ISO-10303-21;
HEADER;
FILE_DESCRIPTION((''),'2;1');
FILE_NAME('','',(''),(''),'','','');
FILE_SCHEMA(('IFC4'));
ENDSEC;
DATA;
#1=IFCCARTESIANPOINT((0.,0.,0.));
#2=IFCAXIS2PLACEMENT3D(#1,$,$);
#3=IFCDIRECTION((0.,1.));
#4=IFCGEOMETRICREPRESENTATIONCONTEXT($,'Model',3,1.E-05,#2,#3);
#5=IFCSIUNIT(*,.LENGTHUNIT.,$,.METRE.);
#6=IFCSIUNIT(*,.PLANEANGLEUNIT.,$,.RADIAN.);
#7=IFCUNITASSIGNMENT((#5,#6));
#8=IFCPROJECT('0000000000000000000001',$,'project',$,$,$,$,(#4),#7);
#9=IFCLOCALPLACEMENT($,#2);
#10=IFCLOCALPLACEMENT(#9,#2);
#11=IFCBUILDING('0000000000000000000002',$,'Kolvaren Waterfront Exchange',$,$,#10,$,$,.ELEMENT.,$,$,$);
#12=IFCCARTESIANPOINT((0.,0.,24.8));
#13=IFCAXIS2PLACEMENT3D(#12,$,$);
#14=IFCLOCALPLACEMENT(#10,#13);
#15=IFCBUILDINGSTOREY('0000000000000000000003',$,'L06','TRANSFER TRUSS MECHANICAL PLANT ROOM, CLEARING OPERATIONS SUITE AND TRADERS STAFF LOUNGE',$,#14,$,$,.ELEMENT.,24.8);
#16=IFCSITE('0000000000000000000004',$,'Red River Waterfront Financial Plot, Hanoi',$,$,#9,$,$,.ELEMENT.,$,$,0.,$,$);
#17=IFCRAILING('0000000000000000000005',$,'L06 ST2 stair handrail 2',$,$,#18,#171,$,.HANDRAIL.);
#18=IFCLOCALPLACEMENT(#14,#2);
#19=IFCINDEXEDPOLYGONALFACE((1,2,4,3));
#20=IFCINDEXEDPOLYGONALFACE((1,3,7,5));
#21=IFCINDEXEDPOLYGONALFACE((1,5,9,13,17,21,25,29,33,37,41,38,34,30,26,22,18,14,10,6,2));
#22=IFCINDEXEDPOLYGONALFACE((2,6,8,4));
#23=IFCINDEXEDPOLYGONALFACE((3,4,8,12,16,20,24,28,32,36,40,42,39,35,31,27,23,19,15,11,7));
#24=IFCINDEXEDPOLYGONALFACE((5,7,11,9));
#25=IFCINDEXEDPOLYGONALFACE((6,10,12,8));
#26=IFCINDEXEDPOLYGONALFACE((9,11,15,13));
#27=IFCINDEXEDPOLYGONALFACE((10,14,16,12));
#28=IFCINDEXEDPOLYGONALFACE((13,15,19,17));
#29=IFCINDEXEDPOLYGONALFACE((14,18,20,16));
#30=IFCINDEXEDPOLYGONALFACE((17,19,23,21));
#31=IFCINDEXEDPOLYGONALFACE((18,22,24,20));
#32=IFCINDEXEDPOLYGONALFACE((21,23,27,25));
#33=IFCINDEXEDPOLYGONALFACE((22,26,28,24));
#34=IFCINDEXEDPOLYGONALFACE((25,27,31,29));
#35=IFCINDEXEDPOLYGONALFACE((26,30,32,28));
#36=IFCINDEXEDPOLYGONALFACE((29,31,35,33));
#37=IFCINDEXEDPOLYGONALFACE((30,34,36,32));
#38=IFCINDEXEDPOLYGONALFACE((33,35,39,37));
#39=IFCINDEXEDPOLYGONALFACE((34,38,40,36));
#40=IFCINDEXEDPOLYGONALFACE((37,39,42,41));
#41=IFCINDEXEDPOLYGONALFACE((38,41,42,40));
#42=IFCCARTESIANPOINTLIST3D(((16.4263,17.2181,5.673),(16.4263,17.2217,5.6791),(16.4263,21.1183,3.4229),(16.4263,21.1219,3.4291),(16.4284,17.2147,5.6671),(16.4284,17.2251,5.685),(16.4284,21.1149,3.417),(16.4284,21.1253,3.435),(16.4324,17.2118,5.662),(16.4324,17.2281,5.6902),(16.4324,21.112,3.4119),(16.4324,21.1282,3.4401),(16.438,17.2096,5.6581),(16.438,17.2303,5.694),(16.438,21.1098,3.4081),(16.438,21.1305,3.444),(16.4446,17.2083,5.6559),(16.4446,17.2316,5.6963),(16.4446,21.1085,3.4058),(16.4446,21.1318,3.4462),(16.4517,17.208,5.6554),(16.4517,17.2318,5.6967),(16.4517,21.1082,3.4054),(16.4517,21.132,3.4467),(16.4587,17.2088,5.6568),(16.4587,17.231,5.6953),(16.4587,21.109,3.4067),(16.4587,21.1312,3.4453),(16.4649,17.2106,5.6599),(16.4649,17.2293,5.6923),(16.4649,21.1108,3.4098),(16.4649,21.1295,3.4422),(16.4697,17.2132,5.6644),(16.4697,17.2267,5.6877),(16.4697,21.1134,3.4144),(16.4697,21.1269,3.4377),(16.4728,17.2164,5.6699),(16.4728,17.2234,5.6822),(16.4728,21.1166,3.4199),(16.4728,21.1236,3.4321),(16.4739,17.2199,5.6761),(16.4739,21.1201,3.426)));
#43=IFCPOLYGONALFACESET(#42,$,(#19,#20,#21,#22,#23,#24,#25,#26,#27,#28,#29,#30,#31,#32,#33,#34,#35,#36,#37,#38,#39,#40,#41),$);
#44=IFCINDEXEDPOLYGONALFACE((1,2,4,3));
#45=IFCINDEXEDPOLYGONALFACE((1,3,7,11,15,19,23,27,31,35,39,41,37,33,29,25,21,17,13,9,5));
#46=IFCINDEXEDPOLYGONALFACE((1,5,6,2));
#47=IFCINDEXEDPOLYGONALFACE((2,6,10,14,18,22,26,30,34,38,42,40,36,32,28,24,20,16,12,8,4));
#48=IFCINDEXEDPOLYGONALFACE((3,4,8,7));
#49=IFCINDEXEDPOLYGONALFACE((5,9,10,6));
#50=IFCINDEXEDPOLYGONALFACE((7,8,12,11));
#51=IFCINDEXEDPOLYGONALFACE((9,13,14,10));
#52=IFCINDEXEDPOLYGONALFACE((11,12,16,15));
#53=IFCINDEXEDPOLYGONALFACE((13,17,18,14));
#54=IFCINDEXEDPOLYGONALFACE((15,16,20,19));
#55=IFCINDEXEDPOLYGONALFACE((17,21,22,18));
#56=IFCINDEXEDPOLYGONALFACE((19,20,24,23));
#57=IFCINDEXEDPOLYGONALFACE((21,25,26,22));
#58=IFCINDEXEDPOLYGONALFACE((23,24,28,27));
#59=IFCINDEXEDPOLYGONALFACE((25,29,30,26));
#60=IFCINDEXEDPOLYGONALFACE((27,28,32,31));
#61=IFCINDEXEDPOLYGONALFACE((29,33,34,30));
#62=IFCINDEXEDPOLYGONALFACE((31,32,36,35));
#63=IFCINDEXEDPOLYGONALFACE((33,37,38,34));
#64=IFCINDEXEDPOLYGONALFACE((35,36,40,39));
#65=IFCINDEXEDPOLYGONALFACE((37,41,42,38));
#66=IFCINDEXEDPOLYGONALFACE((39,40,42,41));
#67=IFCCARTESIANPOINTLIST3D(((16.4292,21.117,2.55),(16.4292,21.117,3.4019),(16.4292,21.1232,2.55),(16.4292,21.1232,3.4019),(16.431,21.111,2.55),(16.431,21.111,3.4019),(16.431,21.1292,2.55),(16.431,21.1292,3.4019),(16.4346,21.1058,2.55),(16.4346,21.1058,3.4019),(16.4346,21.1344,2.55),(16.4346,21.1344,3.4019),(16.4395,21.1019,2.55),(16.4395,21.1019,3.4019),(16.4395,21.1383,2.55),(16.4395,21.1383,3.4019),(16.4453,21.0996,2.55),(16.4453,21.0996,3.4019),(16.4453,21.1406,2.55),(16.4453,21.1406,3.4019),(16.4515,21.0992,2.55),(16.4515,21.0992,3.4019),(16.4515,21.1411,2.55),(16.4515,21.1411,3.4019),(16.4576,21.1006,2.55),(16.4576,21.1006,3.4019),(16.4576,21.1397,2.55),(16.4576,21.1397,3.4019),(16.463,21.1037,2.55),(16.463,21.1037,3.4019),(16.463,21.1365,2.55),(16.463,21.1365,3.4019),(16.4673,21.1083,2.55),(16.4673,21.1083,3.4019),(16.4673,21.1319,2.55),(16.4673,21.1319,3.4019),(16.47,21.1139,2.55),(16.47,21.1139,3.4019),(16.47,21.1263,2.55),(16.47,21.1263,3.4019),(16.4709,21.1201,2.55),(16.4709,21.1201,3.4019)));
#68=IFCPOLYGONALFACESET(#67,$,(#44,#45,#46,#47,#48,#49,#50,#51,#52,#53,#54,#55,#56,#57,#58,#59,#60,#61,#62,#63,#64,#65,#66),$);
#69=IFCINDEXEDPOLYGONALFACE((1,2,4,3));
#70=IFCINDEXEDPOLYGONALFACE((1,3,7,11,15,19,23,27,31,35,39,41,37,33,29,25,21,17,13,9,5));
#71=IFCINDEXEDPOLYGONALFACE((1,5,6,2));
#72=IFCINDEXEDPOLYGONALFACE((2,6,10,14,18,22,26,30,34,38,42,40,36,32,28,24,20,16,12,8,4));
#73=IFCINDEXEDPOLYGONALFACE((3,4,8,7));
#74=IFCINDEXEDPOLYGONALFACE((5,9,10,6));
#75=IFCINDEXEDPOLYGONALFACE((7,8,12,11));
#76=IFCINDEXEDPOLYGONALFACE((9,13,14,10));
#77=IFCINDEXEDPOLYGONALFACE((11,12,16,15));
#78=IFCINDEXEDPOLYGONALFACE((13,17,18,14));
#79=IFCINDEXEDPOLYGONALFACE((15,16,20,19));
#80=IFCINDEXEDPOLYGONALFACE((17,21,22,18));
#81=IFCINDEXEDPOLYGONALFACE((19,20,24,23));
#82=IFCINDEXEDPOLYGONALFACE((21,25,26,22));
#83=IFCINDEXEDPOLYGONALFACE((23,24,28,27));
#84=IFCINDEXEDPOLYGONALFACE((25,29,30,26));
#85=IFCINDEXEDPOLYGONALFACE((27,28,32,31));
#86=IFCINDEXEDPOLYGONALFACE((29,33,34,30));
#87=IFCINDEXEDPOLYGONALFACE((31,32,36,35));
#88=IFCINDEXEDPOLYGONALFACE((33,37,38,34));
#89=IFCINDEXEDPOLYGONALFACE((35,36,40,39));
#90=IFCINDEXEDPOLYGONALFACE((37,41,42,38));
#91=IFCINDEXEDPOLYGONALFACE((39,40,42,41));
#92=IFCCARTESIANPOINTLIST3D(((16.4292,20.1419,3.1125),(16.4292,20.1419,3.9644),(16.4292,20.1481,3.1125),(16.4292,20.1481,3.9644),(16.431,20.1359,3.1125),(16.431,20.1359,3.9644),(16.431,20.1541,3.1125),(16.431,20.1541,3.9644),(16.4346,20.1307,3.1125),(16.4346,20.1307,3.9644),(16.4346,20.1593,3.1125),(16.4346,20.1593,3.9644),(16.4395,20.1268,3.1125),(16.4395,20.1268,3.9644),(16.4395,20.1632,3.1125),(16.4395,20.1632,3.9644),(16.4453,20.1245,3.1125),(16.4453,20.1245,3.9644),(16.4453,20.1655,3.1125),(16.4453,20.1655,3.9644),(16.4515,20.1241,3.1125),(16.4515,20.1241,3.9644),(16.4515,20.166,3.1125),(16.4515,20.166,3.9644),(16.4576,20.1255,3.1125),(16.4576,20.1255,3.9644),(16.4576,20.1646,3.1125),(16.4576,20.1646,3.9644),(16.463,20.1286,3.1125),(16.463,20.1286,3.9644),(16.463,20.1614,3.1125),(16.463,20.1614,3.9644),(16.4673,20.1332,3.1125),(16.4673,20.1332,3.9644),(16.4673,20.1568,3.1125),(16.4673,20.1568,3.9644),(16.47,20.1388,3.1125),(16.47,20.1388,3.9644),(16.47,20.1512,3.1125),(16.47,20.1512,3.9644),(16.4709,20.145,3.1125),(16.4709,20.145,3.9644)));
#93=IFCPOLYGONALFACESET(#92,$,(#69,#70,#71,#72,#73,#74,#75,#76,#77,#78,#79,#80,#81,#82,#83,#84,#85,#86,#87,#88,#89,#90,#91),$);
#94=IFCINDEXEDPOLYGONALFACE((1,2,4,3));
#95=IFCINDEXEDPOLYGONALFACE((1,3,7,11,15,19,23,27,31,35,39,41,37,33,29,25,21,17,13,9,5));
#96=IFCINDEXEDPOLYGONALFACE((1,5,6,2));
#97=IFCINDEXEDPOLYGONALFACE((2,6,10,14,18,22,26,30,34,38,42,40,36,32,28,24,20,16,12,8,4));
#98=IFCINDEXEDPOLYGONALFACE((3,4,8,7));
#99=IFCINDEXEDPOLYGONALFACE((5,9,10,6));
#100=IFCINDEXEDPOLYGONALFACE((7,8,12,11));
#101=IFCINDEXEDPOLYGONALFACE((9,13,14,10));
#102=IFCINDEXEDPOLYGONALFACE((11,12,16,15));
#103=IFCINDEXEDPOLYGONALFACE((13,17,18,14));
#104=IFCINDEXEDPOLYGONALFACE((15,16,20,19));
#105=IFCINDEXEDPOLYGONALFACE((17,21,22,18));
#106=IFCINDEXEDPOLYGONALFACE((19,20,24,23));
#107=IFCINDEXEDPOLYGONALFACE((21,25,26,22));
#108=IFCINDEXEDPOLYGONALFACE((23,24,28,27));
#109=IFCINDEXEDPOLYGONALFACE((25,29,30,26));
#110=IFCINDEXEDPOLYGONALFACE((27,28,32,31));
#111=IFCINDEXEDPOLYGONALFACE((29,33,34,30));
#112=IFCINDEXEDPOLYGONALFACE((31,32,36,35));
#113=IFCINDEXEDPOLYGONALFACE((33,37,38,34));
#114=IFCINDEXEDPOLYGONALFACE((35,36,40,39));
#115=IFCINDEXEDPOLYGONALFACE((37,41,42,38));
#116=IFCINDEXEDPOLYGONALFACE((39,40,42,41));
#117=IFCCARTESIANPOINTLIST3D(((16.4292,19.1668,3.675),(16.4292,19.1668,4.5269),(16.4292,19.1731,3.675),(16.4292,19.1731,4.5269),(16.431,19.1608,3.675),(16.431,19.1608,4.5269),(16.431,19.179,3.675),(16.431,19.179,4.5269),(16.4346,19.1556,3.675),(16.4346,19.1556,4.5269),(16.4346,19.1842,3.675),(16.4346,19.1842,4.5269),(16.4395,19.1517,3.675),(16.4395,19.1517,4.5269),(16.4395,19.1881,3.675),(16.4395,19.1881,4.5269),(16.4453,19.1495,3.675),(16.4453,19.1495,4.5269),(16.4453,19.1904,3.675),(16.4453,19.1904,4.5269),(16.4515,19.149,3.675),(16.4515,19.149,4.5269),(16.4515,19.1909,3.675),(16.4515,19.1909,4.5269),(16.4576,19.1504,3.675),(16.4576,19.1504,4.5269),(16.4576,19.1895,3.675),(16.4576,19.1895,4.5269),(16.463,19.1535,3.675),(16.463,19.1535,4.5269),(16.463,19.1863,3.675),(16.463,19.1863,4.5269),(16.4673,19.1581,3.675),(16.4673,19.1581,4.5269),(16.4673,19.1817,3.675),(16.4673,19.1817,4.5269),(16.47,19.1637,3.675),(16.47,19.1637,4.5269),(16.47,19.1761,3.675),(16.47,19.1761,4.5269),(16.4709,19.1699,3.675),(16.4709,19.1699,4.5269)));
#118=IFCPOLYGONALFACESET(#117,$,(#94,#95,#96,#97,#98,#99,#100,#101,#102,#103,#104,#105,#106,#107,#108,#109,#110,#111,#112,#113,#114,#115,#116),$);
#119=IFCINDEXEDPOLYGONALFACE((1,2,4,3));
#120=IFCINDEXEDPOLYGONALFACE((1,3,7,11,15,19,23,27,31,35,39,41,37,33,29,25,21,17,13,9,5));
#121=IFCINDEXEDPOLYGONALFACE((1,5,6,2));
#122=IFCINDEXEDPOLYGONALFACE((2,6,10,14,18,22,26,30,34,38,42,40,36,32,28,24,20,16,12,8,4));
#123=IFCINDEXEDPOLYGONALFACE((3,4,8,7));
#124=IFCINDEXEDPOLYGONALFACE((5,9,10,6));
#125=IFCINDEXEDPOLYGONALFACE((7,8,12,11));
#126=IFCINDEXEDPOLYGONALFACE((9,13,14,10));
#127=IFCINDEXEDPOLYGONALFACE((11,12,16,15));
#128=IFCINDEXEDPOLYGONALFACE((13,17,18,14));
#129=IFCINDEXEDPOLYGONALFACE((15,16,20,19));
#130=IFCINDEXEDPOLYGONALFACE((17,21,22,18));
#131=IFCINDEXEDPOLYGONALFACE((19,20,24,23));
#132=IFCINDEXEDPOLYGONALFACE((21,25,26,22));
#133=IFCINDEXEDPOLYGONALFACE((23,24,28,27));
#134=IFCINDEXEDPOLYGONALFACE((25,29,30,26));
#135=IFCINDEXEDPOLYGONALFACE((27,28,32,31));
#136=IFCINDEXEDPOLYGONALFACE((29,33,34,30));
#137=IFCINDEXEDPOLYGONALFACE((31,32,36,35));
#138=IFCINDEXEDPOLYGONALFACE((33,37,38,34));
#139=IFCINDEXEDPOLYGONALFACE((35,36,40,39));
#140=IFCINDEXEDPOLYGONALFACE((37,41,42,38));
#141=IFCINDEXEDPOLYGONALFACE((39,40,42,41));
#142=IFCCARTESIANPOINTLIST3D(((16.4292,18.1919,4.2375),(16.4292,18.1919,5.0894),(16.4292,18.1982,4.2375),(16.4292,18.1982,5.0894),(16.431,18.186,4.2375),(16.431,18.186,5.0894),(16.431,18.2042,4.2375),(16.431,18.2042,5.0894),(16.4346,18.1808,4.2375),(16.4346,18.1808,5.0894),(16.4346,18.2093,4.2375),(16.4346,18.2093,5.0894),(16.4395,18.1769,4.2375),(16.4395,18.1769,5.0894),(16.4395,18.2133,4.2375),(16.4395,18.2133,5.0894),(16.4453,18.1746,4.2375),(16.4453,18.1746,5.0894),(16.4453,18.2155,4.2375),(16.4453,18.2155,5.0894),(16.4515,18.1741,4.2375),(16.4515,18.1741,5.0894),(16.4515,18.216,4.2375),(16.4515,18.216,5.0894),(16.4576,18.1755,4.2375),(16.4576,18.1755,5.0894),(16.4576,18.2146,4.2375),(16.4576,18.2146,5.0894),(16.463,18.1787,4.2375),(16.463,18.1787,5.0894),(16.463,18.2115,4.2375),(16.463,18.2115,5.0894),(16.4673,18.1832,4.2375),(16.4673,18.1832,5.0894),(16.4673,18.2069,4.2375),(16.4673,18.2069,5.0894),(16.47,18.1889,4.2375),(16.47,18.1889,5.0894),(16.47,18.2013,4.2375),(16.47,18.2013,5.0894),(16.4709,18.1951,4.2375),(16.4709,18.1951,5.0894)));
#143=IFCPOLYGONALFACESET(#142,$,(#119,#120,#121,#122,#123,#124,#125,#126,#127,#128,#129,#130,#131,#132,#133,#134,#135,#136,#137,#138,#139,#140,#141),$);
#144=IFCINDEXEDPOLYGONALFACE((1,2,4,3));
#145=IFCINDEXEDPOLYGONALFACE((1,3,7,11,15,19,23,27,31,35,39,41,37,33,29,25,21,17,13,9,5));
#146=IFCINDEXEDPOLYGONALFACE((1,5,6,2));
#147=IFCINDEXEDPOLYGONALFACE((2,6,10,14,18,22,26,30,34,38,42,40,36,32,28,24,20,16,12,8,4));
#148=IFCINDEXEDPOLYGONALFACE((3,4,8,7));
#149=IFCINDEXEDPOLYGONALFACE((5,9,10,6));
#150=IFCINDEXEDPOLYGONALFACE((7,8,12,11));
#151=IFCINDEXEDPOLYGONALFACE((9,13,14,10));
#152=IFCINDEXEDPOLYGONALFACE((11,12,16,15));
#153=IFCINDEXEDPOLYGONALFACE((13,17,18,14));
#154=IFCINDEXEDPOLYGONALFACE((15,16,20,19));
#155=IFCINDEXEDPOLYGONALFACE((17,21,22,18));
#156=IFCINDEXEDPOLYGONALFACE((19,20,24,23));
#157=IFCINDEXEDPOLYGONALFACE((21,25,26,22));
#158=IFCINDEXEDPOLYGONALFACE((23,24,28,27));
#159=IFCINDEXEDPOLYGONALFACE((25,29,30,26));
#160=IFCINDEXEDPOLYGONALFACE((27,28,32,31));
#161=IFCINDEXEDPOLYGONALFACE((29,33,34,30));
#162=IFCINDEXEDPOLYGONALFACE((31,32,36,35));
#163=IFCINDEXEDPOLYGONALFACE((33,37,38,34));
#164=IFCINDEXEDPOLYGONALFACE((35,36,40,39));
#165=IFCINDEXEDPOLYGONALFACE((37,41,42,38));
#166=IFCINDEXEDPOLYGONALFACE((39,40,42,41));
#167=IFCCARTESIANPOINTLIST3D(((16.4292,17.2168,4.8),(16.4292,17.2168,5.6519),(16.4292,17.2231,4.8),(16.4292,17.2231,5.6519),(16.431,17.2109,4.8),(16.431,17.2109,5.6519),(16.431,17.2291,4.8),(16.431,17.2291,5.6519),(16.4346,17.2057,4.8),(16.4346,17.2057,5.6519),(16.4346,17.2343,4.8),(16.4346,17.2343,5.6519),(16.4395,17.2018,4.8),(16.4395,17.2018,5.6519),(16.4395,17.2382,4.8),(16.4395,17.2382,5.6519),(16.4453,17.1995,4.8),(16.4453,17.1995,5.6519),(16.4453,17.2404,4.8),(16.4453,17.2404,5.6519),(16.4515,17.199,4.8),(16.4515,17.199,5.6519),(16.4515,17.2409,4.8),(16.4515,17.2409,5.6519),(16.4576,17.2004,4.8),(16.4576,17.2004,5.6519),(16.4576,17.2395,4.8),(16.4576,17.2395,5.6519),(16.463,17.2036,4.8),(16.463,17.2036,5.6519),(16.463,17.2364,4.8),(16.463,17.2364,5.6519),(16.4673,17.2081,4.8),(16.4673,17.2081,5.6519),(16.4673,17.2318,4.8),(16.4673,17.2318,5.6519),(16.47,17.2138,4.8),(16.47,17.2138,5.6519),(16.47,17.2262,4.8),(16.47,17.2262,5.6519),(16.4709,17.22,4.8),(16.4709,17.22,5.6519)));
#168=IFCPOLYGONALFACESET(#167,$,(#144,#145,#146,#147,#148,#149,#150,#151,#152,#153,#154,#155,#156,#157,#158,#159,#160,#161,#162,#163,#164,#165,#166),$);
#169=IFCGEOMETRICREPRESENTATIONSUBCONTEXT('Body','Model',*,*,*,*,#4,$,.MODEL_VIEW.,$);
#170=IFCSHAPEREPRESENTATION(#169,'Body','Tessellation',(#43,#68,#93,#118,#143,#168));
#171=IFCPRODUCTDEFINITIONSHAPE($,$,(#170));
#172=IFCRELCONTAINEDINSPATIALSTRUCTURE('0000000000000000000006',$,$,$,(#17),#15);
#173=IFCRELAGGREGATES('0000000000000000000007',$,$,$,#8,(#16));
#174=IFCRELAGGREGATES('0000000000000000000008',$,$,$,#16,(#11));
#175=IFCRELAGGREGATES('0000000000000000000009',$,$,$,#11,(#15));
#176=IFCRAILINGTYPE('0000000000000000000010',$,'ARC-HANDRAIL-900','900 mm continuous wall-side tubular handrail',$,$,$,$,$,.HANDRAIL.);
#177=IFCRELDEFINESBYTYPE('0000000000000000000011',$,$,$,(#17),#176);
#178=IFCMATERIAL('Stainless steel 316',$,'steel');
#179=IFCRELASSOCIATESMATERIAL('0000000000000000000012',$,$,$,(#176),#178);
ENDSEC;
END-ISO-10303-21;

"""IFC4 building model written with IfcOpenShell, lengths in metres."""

from ifc_helpers import new_model, si_unit, direction, frame, origin, origin_2d, place, context, subcontext, project, spatial, circle, extrude, material, type_object, element, save


model = new_model("IFC4")

# Units and contexts
model_context = context("Model", 3, precision=1e-05, world=origin(), true_north=direction((0.0, 1.0)))
body_context = subcontext(model_context, "Body", "Model", "MODEL_VIEW")
ifc_project = project(units=[si_unit("LENGTHUNIT", "METRE"), si_unit("PLANEANGLEUNIT", "RADIAN")], contexts=[model_context])

# Site, building, storey
site_placement = place(None, origin())
site = spatial("IfcSite", under=ifc_project, at=site_placement, Name="Red River Waterfront Financial Plot, Hanoi", CompositionType="ELEMENT", RefElevation=0.0)
building_placement = place(site_placement, origin())
building = spatial("IfcBuilding", under=site, at=building_placement, Name="Kolvaren Waterfront Exchange", CompositionType="ELEMENT")
storey_placement = place(building_placement, frame((0.0, 0.0, 24.8)))
storey = spatial("IfcBuildingStorey", under=building, at=storey_placement, Name="L06", Description="TRANSFER TRUSS MECHANICAL PLANT ROOM, CLEARING OPERATIONS SUITE AND TRADERS STAFF LOUNGE", CompositionType="ELEMENT", Elevation=24.8)

# Railing
ifc_material_1 = material(Name="Stainless steel 316", Category="steel")
railing_type_1 = type_object("IfcRailingType", Name="ARC-HANDRAIL-900", Description="900 mm continuous wall-side tubular handrail", PredefinedType="HANDRAIL", material=ifc_material_1)
railing_1_placement = place(storey_placement, frame((16.45, 21.1201, 2.55)))
element("IfcRailing", 1, at=railing_1_placement, inside=storey, type_object=railing_type_1, Name="L06 ST2 stair handrail 2", PredefinedType="HANDRAIL", context=body_context, shape_type="SweptSolid", body=[
    extrude(circle(Radius=0.0239, at=origin_2d()), frame((0.0, 0.0, 0.876), z_axis=(0.0, -0.866194, 0.499708), x_axis=(1.0, 0.0, 0.0)), (0.0, 0.0, 1.0), 4.5027),
    extrude(circle(Radius=0.021, at=origin_2d()), origin(), (0.0, 0.0, 1.0), 0.8518),
    extrude(circle(Radius=0.021, at=origin_2d()), frame((0.0, -0.9751, 0.5625)), (0.0, 0.0, 1.0), 0.8518),
    extrude(circle(Radius=0.021, at=origin_2d()), frame((0.0, -1.9502, 1.125)), (0.0, 0.0, 1.0), 0.8518),
    extrude(circle(Radius=0.021, at=origin_2d()), frame((0.0, -2.925, 1.6875)), (0.0, 0.0, 1.0), 0.8518),
    extrude(circle(Radius=0.021, at=origin_2d()), frame((0.0, -3.9001, 2.25)), (0.0, 0.0, 1.0), 0.8518),
])

save(model, "model.ifc")
